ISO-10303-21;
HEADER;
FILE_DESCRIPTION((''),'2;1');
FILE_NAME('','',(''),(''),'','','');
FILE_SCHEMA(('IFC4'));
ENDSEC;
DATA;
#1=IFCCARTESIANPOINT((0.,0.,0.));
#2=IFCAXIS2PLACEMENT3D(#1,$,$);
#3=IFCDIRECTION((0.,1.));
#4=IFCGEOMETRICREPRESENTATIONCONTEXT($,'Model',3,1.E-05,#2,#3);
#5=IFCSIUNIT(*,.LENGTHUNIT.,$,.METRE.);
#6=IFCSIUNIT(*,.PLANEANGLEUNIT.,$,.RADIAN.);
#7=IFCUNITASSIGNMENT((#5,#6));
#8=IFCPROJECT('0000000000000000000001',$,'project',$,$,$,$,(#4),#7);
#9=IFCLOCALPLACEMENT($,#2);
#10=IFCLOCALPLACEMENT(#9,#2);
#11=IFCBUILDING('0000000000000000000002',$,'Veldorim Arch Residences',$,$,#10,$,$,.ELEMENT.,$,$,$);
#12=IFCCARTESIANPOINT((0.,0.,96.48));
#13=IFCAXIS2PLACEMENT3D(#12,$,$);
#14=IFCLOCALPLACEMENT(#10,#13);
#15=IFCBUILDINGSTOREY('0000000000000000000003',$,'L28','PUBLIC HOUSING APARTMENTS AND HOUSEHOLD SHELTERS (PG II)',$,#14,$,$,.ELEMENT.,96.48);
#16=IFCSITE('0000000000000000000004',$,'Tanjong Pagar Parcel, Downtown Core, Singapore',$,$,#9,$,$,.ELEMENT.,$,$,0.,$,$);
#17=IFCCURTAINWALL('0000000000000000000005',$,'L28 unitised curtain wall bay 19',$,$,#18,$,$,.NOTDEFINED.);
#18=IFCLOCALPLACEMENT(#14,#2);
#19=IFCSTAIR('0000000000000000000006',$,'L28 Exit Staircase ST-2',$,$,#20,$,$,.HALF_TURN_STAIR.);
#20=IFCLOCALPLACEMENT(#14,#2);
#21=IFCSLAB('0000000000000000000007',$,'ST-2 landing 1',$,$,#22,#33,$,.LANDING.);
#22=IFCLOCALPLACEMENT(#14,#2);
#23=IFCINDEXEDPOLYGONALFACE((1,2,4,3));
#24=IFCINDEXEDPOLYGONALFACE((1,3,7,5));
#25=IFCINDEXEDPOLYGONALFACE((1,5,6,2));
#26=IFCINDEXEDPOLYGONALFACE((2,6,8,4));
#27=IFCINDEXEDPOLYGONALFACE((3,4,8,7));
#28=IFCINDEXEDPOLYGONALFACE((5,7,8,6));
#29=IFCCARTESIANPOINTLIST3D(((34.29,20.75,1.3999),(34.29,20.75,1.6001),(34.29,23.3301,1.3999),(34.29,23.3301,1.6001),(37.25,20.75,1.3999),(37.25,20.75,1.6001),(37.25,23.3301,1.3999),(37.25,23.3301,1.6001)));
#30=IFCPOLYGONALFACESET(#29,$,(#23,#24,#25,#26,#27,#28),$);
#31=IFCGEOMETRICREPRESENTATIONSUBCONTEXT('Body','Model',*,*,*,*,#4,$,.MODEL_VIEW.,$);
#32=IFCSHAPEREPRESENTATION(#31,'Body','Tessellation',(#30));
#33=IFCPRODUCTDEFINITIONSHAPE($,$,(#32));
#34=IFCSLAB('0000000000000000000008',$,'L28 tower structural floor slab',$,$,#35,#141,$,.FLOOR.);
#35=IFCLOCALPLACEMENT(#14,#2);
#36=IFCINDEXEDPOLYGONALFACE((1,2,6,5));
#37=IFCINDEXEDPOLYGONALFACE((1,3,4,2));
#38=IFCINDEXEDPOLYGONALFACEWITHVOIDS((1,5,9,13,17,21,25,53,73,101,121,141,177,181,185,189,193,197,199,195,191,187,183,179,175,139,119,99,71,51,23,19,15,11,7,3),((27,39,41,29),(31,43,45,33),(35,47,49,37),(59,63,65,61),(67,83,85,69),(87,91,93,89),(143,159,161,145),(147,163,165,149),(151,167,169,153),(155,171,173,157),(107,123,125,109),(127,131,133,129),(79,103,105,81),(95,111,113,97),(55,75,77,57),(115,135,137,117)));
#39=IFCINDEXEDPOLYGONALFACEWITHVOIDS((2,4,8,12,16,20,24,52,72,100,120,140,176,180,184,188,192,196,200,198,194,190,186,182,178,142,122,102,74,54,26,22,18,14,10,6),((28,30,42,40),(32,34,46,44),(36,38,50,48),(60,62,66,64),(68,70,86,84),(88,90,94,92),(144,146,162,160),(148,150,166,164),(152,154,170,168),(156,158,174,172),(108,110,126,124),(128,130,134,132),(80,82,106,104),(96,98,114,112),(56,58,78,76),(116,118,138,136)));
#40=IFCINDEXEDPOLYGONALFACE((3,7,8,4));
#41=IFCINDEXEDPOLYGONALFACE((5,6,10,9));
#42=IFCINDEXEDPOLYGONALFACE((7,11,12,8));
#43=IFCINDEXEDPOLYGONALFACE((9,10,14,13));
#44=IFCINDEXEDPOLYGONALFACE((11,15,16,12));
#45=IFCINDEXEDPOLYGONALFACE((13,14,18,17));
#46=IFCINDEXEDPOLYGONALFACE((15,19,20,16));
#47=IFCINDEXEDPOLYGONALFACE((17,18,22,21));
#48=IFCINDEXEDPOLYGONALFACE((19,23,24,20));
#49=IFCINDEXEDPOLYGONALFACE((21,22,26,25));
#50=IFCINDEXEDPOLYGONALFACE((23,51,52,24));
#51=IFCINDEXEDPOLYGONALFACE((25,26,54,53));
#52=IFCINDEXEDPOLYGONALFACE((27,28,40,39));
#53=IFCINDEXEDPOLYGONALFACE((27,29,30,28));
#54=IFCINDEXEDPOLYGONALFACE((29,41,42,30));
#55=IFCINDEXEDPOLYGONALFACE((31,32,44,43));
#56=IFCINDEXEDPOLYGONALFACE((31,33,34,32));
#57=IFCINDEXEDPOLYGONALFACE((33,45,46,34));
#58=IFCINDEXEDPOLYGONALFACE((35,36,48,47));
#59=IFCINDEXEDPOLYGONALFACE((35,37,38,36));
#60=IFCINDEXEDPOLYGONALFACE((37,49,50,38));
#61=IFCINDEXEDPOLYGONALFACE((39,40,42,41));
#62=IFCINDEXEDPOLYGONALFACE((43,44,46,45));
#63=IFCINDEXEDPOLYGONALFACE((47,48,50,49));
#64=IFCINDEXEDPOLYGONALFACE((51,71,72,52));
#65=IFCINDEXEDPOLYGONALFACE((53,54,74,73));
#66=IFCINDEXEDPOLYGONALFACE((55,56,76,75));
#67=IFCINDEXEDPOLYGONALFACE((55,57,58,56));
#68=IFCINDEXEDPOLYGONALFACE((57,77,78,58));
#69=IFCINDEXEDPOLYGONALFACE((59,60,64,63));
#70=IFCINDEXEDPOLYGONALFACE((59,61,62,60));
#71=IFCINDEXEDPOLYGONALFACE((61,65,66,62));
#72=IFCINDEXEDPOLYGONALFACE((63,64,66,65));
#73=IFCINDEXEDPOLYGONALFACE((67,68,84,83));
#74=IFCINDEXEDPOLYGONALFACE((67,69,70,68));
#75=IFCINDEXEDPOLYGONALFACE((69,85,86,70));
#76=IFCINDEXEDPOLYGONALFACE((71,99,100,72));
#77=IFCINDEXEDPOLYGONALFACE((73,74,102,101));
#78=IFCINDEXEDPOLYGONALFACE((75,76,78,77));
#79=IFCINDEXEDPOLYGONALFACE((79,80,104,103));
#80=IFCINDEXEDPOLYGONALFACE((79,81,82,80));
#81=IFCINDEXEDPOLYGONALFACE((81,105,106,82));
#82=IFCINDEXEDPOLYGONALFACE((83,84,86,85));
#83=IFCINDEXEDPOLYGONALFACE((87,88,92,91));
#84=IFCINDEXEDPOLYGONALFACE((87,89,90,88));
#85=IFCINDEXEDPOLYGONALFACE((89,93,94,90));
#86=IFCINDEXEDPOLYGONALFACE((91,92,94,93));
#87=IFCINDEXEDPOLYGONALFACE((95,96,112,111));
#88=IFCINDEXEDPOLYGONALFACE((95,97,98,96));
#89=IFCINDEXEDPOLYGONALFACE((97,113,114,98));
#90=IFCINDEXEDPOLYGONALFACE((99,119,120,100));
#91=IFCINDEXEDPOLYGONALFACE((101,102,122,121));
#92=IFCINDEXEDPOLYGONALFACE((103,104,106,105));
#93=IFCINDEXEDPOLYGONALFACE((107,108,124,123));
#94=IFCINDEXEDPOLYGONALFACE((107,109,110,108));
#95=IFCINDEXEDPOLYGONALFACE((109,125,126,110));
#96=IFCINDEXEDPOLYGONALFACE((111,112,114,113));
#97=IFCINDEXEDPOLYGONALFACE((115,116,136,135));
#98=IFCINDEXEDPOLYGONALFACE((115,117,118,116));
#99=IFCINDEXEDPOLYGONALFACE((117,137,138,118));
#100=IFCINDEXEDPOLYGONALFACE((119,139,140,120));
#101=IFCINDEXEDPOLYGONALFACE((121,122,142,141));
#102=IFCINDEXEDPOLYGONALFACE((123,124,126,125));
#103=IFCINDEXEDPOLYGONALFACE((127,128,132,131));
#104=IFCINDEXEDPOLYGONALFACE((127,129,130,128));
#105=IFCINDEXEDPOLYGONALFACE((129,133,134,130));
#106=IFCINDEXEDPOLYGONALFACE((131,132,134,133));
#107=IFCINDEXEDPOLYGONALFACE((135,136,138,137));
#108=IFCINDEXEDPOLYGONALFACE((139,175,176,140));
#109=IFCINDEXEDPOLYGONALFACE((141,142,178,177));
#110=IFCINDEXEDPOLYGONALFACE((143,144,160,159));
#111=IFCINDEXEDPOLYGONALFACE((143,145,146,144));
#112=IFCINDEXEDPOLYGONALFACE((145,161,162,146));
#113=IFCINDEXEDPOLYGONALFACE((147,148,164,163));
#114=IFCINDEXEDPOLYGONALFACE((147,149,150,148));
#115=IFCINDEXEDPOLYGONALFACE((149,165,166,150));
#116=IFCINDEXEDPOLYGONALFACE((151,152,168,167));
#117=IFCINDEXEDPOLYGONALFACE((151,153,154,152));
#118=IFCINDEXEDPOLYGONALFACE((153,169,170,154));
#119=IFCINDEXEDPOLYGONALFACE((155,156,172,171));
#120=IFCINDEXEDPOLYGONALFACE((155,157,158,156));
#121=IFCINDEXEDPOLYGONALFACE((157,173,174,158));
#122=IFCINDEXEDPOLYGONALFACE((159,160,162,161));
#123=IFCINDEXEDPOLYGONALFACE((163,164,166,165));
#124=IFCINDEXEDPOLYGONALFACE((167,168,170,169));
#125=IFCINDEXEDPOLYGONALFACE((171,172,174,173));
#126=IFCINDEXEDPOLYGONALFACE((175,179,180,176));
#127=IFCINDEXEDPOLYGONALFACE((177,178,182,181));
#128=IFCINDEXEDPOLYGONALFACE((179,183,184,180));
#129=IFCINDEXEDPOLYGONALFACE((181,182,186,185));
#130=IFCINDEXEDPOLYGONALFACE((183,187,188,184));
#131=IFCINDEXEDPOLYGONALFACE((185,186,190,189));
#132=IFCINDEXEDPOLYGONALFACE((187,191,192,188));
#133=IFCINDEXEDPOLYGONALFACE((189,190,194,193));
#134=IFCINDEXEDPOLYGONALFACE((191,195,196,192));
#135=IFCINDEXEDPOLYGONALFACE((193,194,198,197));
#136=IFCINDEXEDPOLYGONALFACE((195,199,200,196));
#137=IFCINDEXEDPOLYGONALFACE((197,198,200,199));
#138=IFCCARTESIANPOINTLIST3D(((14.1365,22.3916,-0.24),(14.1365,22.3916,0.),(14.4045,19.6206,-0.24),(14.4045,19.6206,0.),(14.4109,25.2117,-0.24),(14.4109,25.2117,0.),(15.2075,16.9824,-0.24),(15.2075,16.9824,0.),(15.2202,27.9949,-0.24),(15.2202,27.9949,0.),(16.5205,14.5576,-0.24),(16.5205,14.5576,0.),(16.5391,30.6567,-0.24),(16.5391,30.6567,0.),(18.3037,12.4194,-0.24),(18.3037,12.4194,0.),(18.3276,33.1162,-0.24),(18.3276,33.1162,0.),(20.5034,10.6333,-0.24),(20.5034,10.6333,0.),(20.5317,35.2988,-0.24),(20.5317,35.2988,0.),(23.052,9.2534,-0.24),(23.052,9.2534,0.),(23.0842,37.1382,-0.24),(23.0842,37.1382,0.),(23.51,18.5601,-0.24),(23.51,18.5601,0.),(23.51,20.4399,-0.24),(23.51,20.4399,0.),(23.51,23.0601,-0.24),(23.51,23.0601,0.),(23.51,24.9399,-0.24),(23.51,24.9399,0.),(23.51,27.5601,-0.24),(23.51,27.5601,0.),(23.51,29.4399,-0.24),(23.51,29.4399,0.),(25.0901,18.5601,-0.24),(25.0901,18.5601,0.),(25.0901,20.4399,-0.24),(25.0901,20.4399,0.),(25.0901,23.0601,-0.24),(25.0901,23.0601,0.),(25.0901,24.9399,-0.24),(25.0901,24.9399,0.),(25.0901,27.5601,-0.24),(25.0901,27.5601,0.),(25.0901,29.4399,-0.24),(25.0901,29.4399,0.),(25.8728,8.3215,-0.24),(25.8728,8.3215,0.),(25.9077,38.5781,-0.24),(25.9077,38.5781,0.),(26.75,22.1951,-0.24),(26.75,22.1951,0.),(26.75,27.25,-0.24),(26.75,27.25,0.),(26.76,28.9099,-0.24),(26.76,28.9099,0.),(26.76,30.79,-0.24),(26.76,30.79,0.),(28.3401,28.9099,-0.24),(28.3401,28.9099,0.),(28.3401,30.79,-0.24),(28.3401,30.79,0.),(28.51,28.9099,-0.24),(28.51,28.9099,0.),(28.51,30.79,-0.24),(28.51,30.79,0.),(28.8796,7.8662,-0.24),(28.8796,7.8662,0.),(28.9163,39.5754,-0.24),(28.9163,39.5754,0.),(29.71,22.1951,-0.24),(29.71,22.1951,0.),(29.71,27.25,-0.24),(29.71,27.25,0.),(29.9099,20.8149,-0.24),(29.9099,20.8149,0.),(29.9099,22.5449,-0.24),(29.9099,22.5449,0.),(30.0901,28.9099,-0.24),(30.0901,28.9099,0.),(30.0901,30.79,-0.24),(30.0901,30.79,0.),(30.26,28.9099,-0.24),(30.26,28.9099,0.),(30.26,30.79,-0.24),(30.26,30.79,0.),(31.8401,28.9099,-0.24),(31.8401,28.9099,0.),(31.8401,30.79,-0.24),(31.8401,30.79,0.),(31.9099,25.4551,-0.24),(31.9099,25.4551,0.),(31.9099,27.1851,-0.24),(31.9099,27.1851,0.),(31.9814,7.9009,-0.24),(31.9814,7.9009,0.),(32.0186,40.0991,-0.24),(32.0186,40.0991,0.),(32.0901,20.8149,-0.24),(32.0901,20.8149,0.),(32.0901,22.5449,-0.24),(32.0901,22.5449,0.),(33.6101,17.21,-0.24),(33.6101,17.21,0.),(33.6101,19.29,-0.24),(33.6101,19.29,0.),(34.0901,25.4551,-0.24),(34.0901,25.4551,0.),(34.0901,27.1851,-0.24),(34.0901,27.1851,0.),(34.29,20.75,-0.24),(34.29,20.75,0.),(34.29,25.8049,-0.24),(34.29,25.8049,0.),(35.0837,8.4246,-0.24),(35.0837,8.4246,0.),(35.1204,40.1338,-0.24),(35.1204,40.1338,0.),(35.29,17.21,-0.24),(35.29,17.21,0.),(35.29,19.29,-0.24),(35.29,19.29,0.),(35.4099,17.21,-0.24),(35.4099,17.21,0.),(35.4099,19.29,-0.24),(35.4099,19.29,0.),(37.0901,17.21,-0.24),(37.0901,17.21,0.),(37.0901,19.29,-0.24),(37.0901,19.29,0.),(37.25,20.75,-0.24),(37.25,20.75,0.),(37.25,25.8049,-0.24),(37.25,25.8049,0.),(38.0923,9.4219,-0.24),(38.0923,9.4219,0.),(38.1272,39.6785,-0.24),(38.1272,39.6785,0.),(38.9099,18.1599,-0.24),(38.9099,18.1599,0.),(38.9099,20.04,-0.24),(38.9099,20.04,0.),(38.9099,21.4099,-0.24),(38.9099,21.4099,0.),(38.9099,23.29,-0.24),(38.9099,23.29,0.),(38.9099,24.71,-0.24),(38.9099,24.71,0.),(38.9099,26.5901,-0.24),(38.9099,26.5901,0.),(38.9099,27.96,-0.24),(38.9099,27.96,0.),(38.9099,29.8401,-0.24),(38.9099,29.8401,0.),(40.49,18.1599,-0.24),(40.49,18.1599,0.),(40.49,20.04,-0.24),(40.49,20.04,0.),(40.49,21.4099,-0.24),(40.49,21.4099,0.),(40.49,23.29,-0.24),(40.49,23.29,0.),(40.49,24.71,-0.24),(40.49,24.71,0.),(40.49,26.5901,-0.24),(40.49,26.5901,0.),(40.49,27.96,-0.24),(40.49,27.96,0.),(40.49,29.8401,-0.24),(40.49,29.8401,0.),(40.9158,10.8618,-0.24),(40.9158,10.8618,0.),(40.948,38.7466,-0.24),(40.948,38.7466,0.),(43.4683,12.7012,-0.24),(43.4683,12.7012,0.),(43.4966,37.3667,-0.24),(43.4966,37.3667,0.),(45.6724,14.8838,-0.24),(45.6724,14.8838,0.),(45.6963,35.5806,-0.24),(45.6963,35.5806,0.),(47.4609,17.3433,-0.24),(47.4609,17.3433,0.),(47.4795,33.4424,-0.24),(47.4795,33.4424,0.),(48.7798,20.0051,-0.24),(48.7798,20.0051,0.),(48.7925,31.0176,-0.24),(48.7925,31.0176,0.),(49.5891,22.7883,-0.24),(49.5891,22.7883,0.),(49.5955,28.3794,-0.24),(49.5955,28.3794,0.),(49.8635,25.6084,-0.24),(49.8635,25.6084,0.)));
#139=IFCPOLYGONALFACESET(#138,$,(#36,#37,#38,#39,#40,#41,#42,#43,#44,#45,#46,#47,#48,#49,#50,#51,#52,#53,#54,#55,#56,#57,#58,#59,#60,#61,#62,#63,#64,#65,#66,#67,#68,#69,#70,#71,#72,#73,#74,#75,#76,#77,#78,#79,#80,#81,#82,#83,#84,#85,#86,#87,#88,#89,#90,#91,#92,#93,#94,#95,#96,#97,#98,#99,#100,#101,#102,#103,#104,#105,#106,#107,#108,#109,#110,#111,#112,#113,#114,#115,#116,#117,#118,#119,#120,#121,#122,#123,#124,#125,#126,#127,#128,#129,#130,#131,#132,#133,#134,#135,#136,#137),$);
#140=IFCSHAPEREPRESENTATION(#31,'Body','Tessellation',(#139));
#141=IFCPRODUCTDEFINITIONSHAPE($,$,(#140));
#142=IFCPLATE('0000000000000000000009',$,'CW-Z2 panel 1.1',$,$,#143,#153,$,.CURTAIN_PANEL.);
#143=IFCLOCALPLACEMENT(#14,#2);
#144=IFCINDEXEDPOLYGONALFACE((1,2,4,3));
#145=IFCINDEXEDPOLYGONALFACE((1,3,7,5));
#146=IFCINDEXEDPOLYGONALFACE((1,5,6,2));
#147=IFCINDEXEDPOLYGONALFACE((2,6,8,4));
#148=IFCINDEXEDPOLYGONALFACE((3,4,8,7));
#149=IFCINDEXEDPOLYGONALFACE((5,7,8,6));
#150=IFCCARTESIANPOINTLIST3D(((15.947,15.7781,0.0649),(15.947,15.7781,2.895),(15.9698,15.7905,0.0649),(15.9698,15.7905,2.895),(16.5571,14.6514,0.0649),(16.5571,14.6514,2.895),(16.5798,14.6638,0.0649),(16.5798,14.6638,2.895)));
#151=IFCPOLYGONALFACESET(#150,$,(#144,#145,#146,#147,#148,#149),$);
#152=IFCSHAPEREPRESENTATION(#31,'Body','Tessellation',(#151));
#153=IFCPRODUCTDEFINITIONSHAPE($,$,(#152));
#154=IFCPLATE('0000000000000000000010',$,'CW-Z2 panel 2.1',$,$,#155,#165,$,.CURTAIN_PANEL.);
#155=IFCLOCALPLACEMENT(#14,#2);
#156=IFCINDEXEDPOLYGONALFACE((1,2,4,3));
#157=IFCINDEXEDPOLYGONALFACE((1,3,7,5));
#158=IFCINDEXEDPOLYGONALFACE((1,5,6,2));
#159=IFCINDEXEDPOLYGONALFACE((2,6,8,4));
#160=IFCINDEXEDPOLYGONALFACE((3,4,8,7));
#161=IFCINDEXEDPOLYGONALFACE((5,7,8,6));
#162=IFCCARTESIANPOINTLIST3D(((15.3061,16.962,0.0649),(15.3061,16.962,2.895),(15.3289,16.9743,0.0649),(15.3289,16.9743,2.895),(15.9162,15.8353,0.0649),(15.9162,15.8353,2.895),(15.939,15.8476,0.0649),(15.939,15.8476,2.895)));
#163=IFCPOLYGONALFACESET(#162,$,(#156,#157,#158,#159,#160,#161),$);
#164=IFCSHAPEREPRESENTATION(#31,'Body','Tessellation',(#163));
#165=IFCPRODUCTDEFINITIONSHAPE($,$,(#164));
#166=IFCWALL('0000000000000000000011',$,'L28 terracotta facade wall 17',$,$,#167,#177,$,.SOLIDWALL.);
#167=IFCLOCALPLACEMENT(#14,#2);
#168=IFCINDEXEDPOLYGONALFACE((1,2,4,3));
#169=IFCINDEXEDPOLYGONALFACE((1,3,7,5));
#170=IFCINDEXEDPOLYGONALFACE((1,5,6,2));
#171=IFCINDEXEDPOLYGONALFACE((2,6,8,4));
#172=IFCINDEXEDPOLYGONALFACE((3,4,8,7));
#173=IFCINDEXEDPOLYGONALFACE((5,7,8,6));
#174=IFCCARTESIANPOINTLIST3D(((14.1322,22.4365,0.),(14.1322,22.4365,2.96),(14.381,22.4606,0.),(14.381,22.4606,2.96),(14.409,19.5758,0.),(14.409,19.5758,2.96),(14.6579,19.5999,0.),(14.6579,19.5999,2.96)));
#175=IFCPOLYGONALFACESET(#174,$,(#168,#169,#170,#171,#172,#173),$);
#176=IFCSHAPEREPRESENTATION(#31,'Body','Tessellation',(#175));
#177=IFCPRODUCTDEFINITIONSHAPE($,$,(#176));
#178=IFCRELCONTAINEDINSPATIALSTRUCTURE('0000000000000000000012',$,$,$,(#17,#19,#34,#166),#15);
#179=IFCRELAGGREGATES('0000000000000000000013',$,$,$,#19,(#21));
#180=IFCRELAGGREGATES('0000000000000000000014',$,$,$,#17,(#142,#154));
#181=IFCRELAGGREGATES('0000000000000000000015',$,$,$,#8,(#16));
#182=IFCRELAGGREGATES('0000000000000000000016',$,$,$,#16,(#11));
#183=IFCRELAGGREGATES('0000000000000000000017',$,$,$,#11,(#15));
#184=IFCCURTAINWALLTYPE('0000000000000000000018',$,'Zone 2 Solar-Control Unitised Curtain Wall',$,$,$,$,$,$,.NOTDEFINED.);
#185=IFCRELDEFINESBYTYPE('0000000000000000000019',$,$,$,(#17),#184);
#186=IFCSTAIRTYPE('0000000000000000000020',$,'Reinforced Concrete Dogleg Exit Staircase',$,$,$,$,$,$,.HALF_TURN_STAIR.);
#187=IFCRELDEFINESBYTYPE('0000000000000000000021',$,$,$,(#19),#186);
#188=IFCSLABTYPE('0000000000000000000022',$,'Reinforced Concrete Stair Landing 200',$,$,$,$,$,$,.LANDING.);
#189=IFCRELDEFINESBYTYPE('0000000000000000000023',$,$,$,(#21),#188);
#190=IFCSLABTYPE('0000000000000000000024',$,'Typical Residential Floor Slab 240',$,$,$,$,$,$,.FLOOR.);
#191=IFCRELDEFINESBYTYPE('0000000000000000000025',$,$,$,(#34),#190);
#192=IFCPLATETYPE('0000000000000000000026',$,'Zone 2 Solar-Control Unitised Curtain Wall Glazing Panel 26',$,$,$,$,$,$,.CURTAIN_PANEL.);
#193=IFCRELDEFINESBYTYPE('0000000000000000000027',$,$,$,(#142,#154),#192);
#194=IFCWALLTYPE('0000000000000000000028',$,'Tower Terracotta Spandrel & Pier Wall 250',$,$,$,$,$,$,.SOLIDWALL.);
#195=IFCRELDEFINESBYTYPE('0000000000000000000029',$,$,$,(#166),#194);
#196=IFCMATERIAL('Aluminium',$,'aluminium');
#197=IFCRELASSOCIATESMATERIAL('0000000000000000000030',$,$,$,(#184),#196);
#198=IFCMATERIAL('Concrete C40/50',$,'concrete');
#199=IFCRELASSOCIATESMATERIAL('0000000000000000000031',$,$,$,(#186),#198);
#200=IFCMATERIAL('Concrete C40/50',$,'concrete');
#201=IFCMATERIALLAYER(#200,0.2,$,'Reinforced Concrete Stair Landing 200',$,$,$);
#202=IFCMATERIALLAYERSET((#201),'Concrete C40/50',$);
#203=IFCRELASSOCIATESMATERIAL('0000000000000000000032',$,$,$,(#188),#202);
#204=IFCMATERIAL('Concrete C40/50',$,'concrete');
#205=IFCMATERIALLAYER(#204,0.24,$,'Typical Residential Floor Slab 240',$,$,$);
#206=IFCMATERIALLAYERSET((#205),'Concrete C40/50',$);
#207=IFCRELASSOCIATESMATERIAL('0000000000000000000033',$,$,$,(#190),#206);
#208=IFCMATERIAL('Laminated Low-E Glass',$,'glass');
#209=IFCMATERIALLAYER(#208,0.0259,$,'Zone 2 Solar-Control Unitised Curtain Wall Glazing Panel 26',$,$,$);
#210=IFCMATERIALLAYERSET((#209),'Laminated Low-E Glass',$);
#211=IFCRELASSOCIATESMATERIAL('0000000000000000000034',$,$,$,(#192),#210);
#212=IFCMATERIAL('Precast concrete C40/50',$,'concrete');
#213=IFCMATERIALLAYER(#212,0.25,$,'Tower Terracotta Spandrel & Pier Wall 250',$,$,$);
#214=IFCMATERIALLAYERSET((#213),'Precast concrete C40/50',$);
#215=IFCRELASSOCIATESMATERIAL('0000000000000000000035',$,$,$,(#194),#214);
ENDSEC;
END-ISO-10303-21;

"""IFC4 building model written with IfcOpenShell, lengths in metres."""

from ifc_helpers import new_model, si_unit, direction, frame, frame_2d, origin, origin_2d, place, context, subcontext, project, spatial, polyline, rectangle, outline, extrude, material, layer, layer_set, type_object, element, aggregate, save


model = new_model("IFC4")

# Units and contexts
model_context = context("Model", 3, precision=1e-05, world=origin(), true_north=direction((0.0, 1.0)))
body_context = subcontext(model_context, "Body", "Model", "MODEL_VIEW")
ifc_project = project(units=[si_unit("LENGTHUNIT", "METRE"), si_unit("PLANEANGLEUNIT", "RADIAN")], contexts=[model_context])

# Site, building, storey
site_placement = place(None, origin())
site = spatial("IfcSite", under=ifc_project, at=site_placement, Name="Tanjong Pagar Parcel, Downtown Core, Singapore", CompositionType="ELEMENT", RefElevation=0.0)
building_placement = place(site_placement, origin())
building = spatial("IfcBuilding", under=site, at=building_placement, Name="Veldorim Arch Residences", CompositionType="ELEMENT")
storey_placement = place(building_placement, frame((0.0, 0.0, 96.48)))
storey = spatial("IfcBuildingStorey", under=building, at=storey_placement, Name="L28", Description="PUBLIC HOUSING APARTMENTS AND HOUSEHOLD SHELTERS (PG II)", CompositionType="ELEMENT", Elevation=96.48)

# Curtain wall
ifc_material_1 = material(Name="Aluminium", Category="aluminium")
curtain_wall_type = type_object("IfcCurtainWallType", Name="Zone 2 Solar-Control Unitised Curtain Wall", PredefinedType="NOTDEFINED", material=ifc_material_1)
curtain_wall_placement = place(storey_placement, origin())
curtain_wall = element("IfcCurtainWall", 1, at=curtain_wall_placement, inside=storey, type_object=curtain_wall_type, Name="L28 unitised curtain wall bay 19", PredefinedType="NOTDEFINED")

# Stair, slab
ifc_material_2 = material(Name="Concrete C40/50", Category="concrete")
stair_type = type_object("IfcStairType", Name="Reinforced Concrete Dogleg Exit Staircase", PredefinedType="HALF_TURN_STAIR", material=ifc_material_2)
ifc_material_3 = material(Name="Concrete C40/50", Category="concrete")
ifc_layer_1 = layer(ifc_material_3, 0.2, Name="Reinforced Concrete Stair Landing 200")
ifc_layer_set_1 = layer_set([ifc_layer_1], Name="Concrete C40/50")
slab_type_1 = type_object("IfcSlabType", Name="Reinforced Concrete Stair Landing 200", PredefinedType="LANDING", material=ifc_layer_set_1)
stair_1_placement = place(storey_placement, origin())
stair_1 = element("IfcStair", 2, at=stair_1_placement, inside=storey, type_object=stair_type, Name="L28 Exit Staircase ST-2", PredefinedType="HALF_TURN_STAIR")
slab_1_placement = place(storey_placement, frame((0.0, 0.0, 1.3999)))
slab_1 = element("IfcSlab", 3, at=slab_1_placement, type_object=slab_type_1, Name="ST-2 landing 1", PredefinedType="LANDING", context=body_context, shape_type="SweptSolid", body=[
    extrude(outline(polyline([(34.29, 23.3301), (34.29, 20.75), (37.25, 20.75), (37.25, 23.3301), (34.29, 23.3301)])), origin(), (0.0, 0.0, 1.0), 0.2002),
])
aggregate(stair_1, [slab_1])

# Slab
ifc_material_4 = material(Name="Concrete C40/50", Category="concrete")
ifc_layer_2 = layer(ifc_material_4, 0.24, Name="Typical Residential Floor Slab 240")
ifc_layer_set_2 = layer_set([ifc_layer_2], Name="Concrete C40/50")
slab_type_2 = type_object("IfcSlabType", Name="Typical Residential Floor Slab 240", PredefinedType="FLOOR", material=ifc_layer_set_2)
slab_2_placement = place(storey_placement, frame((0.0, 0.0, -0.24)))
element("IfcSlab", 4, at=slab_2_placement, inside=storey, type_object=slab_type_2, Name="L28 tower structural floor slab", PredefinedType="FLOOR", context=body_context, shape_type="SweptSolid", body=[
    extrude(outline(polyline([(48.7925, 31.0176), (47.4795, 33.4424), (45.6963, 35.5806), (43.4966, 37.3667), (40.948, 38.7466), (38.1272, 39.6785), (35.1204, 40.1338), (32.0186, 40.0991), (28.9163, 39.5754), (25.9077, 38.5781), (23.0842, 37.1382), (20.5317, 35.2988), (18.3276, 33.1162), (16.5391, 30.6567), (15.2202, 27.9949), (14.4109, 25.2117), (14.1365, 22.3916), (14.4045, 19.6206), (15.2075, 16.9824), (16.5205, 14.5576), (18.3037, 12.4194), (20.5034, 10.6333), (23.052, 9.2534), (25.8728, 8.3215), (28.8796, 7.8662), (31.9814, 7.9009), (35.0837, 8.4246), (38.0923, 9.4219), (40.9158, 10.8618), (43.4683, 12.7012), (45.6724, 14.8838), (47.4609, 17.3433), (48.7798, 20.0051), (49.5891, 22.7883), (49.8635, 25.6084), (49.5955, 28.3794), (48.7925, 31.0176)]), holes=[polyline([(23.51, 20.4399), (25.0901, 20.4399), (25.0901, 18.5601), (23.51, 18.5601), (23.51, 20.4399)]), polyline([(29.9099, 22.5449), (32.0901, 22.5449), (32.0901, 20.8149), (29.9099, 20.8149), (29.9099, 22.5449)]), polyline([(23.51, 24.9399), (25.0901, 24.9399), (25.0901, 23.0601), (23.51, 23.0601), (23.51, 24.9399)]), polyline([(26.75, 27.25), (29.71, 27.25), (29.71, 22.1951), (26.75, 22.1951), (26.75, 27.25)]), polyline([(23.51, 29.4399), (25.0901, 29.4399), (25.0901, 27.5601), (23.51, 27.5601), (23.51, 29.4399)]), polyline([(26.76, 30.79), (28.3401, 30.79), (28.3401, 28.9099), (26.76, 28.9099), (26.76, 30.79)]), polyline([(28.51, 30.79), (30.0901, 30.79), (30.0901, 28.9099), (28.51, 28.9099), (28.51, 30.79)]), polyline([(30.26, 30.79), (31.8401, 30.79), (31.8401, 28.9099), (30.26, 28.9099), (30.26, 30.79)]), polyline([(33.6101, 19.29), (35.29, 19.29), (35.29, 17.21), (33.6101, 17.21), (33.6101, 19.29)]), polyline([(35.4099, 19.29), (37.0901, 19.29), (37.0901, 17.21), (35.4099, 17.21), (35.4099, 19.29)]), polyline([(38.9099, 20.04), (40.49, 20.04), (40.49, 18.1599), (38.9099, 18.1599), (38.9099, 20.04)]), polyline([(38.9099, 23.29), (40.49, 23.29), (40.49, 21.4099), (38.9099, 21.4099), (38.9099, 23.29)]), polyline([(34.29, 25.8049), (37.25, 25.8049), (37.25, 20.75), (34.29, 20.75), (34.29, 25.8049)]), polyline([(38.9099, 26.5901), (40.49, 26.5901), (40.49, 24.71), (38.9099, 24.71), (38.9099, 26.5901)]), polyline([(31.9099, 27.1851), (34.0901, 27.1851), (34.0901, 25.4551), (31.9099, 25.4551), (31.9099, 27.1851)]), polyline([(38.9099, 29.8401), (40.49, 29.8401), (40.49, 27.96), (38.9099, 27.96), (38.9099, 29.8401)])]), origin(), (0.0, 0.0, 1.0), 0.24),
])

# Plates
ifc_material_5 = material(Name="Laminated Low-E Glass", Category="glass")
ifc_layer_3 = layer(ifc_material_5, 0.0259, Name="Zone 2 Solar-Control Unitised Curtain Wall Glazing Panel 26")
ifc_layer_set_3 = layer_set([ifc_layer_3], Name="Laminated Low-E Glass")
plate_type = type_object("IfcPlateType", Name="Zone 2 Solar-Control Unitised Curtain Wall Glazing Panel 26", PredefinedType="CURTAIN_PANEL", material=ifc_layer_set_3)
plate_1_placement = place(storey_placement, frame((16.2634, 15.2209, 0.0649), z_axis=(0.0, 0.0, 1.0), x_axis=(-0.476146, 0.879366, 0.0)))
plate_1 = element("IfcPlate", 5, at=plate_1_placement, type_object=plate_type, Name="CW-Z2 panel 1.1", PredefinedType="CURTAIN_PANEL", context=body_context, shape_type="SweptSolid", body=[
    extrude(rectangle(XDim=1.2812, YDim=0.0259, at=origin_2d()), origin(), (0.0, 0.0, 1.0), 2.8301),
])
plate_2_placement = place(storey_placement, frame((15.6226, 16.4048, 0.0649), z_axis=(0.0, 0.0, 1.0), x_axis=(-0.476146, 0.879366, 0.0)))
plate_2 = element("IfcPlate", 6, at=plate_2_placement, type_object=plate_type, Name="CW-Z2 panel 2.1", PredefinedType="CURTAIN_PANEL", context=body_context, shape_type="SweptSolid", body=[
    extrude(rectangle(XDim=1.2812, YDim=0.0259, at=origin_2d()), origin(), (0.0, 0.0, 1.0), 2.8301),
])
aggregate(curtain_wall, [plate_1, plate_2])

# Wall
ifc_material_6 = material(Name="Precast concrete C40/50", Category="concrete")
ifc_layer_4 = layer(ifc_material_6, 0.25, Name="Tower Terracotta Spandrel & Pier Wall 250")
ifc_layer_set_4 = layer_set([ifc_layer_4], Name="Precast concrete C40/50")
wall_type = type_object("IfcWallType", Name="Tower Terracotta Spandrel & Pier Wall 250", PredefinedType="SOLIDWALL", material=ifc_layer_set_4)
wall_1_placement = place(storey_placement, frame((14.5334, 19.5879, 0.0), z_axis=(0.0, 0.0, 1.0), x_axis=(-0.096332, 0.995349, 0.0)))
element("IfcWall", 7, at=wall_1_placement, inside=storey, type_object=wall_type, Name="L28 terracotta facade wall 17", PredefinedType="SOLIDWALL", context=body_context, shape_type="SweptSolid", body=[
    extrude(rectangle(XDim=2.874, YDim=0.25, at=frame_2d((1.437, 0.0))), origin(), (0.0, 0.0, 1.0), 2.96),
])

save(model, "model.ifc")
